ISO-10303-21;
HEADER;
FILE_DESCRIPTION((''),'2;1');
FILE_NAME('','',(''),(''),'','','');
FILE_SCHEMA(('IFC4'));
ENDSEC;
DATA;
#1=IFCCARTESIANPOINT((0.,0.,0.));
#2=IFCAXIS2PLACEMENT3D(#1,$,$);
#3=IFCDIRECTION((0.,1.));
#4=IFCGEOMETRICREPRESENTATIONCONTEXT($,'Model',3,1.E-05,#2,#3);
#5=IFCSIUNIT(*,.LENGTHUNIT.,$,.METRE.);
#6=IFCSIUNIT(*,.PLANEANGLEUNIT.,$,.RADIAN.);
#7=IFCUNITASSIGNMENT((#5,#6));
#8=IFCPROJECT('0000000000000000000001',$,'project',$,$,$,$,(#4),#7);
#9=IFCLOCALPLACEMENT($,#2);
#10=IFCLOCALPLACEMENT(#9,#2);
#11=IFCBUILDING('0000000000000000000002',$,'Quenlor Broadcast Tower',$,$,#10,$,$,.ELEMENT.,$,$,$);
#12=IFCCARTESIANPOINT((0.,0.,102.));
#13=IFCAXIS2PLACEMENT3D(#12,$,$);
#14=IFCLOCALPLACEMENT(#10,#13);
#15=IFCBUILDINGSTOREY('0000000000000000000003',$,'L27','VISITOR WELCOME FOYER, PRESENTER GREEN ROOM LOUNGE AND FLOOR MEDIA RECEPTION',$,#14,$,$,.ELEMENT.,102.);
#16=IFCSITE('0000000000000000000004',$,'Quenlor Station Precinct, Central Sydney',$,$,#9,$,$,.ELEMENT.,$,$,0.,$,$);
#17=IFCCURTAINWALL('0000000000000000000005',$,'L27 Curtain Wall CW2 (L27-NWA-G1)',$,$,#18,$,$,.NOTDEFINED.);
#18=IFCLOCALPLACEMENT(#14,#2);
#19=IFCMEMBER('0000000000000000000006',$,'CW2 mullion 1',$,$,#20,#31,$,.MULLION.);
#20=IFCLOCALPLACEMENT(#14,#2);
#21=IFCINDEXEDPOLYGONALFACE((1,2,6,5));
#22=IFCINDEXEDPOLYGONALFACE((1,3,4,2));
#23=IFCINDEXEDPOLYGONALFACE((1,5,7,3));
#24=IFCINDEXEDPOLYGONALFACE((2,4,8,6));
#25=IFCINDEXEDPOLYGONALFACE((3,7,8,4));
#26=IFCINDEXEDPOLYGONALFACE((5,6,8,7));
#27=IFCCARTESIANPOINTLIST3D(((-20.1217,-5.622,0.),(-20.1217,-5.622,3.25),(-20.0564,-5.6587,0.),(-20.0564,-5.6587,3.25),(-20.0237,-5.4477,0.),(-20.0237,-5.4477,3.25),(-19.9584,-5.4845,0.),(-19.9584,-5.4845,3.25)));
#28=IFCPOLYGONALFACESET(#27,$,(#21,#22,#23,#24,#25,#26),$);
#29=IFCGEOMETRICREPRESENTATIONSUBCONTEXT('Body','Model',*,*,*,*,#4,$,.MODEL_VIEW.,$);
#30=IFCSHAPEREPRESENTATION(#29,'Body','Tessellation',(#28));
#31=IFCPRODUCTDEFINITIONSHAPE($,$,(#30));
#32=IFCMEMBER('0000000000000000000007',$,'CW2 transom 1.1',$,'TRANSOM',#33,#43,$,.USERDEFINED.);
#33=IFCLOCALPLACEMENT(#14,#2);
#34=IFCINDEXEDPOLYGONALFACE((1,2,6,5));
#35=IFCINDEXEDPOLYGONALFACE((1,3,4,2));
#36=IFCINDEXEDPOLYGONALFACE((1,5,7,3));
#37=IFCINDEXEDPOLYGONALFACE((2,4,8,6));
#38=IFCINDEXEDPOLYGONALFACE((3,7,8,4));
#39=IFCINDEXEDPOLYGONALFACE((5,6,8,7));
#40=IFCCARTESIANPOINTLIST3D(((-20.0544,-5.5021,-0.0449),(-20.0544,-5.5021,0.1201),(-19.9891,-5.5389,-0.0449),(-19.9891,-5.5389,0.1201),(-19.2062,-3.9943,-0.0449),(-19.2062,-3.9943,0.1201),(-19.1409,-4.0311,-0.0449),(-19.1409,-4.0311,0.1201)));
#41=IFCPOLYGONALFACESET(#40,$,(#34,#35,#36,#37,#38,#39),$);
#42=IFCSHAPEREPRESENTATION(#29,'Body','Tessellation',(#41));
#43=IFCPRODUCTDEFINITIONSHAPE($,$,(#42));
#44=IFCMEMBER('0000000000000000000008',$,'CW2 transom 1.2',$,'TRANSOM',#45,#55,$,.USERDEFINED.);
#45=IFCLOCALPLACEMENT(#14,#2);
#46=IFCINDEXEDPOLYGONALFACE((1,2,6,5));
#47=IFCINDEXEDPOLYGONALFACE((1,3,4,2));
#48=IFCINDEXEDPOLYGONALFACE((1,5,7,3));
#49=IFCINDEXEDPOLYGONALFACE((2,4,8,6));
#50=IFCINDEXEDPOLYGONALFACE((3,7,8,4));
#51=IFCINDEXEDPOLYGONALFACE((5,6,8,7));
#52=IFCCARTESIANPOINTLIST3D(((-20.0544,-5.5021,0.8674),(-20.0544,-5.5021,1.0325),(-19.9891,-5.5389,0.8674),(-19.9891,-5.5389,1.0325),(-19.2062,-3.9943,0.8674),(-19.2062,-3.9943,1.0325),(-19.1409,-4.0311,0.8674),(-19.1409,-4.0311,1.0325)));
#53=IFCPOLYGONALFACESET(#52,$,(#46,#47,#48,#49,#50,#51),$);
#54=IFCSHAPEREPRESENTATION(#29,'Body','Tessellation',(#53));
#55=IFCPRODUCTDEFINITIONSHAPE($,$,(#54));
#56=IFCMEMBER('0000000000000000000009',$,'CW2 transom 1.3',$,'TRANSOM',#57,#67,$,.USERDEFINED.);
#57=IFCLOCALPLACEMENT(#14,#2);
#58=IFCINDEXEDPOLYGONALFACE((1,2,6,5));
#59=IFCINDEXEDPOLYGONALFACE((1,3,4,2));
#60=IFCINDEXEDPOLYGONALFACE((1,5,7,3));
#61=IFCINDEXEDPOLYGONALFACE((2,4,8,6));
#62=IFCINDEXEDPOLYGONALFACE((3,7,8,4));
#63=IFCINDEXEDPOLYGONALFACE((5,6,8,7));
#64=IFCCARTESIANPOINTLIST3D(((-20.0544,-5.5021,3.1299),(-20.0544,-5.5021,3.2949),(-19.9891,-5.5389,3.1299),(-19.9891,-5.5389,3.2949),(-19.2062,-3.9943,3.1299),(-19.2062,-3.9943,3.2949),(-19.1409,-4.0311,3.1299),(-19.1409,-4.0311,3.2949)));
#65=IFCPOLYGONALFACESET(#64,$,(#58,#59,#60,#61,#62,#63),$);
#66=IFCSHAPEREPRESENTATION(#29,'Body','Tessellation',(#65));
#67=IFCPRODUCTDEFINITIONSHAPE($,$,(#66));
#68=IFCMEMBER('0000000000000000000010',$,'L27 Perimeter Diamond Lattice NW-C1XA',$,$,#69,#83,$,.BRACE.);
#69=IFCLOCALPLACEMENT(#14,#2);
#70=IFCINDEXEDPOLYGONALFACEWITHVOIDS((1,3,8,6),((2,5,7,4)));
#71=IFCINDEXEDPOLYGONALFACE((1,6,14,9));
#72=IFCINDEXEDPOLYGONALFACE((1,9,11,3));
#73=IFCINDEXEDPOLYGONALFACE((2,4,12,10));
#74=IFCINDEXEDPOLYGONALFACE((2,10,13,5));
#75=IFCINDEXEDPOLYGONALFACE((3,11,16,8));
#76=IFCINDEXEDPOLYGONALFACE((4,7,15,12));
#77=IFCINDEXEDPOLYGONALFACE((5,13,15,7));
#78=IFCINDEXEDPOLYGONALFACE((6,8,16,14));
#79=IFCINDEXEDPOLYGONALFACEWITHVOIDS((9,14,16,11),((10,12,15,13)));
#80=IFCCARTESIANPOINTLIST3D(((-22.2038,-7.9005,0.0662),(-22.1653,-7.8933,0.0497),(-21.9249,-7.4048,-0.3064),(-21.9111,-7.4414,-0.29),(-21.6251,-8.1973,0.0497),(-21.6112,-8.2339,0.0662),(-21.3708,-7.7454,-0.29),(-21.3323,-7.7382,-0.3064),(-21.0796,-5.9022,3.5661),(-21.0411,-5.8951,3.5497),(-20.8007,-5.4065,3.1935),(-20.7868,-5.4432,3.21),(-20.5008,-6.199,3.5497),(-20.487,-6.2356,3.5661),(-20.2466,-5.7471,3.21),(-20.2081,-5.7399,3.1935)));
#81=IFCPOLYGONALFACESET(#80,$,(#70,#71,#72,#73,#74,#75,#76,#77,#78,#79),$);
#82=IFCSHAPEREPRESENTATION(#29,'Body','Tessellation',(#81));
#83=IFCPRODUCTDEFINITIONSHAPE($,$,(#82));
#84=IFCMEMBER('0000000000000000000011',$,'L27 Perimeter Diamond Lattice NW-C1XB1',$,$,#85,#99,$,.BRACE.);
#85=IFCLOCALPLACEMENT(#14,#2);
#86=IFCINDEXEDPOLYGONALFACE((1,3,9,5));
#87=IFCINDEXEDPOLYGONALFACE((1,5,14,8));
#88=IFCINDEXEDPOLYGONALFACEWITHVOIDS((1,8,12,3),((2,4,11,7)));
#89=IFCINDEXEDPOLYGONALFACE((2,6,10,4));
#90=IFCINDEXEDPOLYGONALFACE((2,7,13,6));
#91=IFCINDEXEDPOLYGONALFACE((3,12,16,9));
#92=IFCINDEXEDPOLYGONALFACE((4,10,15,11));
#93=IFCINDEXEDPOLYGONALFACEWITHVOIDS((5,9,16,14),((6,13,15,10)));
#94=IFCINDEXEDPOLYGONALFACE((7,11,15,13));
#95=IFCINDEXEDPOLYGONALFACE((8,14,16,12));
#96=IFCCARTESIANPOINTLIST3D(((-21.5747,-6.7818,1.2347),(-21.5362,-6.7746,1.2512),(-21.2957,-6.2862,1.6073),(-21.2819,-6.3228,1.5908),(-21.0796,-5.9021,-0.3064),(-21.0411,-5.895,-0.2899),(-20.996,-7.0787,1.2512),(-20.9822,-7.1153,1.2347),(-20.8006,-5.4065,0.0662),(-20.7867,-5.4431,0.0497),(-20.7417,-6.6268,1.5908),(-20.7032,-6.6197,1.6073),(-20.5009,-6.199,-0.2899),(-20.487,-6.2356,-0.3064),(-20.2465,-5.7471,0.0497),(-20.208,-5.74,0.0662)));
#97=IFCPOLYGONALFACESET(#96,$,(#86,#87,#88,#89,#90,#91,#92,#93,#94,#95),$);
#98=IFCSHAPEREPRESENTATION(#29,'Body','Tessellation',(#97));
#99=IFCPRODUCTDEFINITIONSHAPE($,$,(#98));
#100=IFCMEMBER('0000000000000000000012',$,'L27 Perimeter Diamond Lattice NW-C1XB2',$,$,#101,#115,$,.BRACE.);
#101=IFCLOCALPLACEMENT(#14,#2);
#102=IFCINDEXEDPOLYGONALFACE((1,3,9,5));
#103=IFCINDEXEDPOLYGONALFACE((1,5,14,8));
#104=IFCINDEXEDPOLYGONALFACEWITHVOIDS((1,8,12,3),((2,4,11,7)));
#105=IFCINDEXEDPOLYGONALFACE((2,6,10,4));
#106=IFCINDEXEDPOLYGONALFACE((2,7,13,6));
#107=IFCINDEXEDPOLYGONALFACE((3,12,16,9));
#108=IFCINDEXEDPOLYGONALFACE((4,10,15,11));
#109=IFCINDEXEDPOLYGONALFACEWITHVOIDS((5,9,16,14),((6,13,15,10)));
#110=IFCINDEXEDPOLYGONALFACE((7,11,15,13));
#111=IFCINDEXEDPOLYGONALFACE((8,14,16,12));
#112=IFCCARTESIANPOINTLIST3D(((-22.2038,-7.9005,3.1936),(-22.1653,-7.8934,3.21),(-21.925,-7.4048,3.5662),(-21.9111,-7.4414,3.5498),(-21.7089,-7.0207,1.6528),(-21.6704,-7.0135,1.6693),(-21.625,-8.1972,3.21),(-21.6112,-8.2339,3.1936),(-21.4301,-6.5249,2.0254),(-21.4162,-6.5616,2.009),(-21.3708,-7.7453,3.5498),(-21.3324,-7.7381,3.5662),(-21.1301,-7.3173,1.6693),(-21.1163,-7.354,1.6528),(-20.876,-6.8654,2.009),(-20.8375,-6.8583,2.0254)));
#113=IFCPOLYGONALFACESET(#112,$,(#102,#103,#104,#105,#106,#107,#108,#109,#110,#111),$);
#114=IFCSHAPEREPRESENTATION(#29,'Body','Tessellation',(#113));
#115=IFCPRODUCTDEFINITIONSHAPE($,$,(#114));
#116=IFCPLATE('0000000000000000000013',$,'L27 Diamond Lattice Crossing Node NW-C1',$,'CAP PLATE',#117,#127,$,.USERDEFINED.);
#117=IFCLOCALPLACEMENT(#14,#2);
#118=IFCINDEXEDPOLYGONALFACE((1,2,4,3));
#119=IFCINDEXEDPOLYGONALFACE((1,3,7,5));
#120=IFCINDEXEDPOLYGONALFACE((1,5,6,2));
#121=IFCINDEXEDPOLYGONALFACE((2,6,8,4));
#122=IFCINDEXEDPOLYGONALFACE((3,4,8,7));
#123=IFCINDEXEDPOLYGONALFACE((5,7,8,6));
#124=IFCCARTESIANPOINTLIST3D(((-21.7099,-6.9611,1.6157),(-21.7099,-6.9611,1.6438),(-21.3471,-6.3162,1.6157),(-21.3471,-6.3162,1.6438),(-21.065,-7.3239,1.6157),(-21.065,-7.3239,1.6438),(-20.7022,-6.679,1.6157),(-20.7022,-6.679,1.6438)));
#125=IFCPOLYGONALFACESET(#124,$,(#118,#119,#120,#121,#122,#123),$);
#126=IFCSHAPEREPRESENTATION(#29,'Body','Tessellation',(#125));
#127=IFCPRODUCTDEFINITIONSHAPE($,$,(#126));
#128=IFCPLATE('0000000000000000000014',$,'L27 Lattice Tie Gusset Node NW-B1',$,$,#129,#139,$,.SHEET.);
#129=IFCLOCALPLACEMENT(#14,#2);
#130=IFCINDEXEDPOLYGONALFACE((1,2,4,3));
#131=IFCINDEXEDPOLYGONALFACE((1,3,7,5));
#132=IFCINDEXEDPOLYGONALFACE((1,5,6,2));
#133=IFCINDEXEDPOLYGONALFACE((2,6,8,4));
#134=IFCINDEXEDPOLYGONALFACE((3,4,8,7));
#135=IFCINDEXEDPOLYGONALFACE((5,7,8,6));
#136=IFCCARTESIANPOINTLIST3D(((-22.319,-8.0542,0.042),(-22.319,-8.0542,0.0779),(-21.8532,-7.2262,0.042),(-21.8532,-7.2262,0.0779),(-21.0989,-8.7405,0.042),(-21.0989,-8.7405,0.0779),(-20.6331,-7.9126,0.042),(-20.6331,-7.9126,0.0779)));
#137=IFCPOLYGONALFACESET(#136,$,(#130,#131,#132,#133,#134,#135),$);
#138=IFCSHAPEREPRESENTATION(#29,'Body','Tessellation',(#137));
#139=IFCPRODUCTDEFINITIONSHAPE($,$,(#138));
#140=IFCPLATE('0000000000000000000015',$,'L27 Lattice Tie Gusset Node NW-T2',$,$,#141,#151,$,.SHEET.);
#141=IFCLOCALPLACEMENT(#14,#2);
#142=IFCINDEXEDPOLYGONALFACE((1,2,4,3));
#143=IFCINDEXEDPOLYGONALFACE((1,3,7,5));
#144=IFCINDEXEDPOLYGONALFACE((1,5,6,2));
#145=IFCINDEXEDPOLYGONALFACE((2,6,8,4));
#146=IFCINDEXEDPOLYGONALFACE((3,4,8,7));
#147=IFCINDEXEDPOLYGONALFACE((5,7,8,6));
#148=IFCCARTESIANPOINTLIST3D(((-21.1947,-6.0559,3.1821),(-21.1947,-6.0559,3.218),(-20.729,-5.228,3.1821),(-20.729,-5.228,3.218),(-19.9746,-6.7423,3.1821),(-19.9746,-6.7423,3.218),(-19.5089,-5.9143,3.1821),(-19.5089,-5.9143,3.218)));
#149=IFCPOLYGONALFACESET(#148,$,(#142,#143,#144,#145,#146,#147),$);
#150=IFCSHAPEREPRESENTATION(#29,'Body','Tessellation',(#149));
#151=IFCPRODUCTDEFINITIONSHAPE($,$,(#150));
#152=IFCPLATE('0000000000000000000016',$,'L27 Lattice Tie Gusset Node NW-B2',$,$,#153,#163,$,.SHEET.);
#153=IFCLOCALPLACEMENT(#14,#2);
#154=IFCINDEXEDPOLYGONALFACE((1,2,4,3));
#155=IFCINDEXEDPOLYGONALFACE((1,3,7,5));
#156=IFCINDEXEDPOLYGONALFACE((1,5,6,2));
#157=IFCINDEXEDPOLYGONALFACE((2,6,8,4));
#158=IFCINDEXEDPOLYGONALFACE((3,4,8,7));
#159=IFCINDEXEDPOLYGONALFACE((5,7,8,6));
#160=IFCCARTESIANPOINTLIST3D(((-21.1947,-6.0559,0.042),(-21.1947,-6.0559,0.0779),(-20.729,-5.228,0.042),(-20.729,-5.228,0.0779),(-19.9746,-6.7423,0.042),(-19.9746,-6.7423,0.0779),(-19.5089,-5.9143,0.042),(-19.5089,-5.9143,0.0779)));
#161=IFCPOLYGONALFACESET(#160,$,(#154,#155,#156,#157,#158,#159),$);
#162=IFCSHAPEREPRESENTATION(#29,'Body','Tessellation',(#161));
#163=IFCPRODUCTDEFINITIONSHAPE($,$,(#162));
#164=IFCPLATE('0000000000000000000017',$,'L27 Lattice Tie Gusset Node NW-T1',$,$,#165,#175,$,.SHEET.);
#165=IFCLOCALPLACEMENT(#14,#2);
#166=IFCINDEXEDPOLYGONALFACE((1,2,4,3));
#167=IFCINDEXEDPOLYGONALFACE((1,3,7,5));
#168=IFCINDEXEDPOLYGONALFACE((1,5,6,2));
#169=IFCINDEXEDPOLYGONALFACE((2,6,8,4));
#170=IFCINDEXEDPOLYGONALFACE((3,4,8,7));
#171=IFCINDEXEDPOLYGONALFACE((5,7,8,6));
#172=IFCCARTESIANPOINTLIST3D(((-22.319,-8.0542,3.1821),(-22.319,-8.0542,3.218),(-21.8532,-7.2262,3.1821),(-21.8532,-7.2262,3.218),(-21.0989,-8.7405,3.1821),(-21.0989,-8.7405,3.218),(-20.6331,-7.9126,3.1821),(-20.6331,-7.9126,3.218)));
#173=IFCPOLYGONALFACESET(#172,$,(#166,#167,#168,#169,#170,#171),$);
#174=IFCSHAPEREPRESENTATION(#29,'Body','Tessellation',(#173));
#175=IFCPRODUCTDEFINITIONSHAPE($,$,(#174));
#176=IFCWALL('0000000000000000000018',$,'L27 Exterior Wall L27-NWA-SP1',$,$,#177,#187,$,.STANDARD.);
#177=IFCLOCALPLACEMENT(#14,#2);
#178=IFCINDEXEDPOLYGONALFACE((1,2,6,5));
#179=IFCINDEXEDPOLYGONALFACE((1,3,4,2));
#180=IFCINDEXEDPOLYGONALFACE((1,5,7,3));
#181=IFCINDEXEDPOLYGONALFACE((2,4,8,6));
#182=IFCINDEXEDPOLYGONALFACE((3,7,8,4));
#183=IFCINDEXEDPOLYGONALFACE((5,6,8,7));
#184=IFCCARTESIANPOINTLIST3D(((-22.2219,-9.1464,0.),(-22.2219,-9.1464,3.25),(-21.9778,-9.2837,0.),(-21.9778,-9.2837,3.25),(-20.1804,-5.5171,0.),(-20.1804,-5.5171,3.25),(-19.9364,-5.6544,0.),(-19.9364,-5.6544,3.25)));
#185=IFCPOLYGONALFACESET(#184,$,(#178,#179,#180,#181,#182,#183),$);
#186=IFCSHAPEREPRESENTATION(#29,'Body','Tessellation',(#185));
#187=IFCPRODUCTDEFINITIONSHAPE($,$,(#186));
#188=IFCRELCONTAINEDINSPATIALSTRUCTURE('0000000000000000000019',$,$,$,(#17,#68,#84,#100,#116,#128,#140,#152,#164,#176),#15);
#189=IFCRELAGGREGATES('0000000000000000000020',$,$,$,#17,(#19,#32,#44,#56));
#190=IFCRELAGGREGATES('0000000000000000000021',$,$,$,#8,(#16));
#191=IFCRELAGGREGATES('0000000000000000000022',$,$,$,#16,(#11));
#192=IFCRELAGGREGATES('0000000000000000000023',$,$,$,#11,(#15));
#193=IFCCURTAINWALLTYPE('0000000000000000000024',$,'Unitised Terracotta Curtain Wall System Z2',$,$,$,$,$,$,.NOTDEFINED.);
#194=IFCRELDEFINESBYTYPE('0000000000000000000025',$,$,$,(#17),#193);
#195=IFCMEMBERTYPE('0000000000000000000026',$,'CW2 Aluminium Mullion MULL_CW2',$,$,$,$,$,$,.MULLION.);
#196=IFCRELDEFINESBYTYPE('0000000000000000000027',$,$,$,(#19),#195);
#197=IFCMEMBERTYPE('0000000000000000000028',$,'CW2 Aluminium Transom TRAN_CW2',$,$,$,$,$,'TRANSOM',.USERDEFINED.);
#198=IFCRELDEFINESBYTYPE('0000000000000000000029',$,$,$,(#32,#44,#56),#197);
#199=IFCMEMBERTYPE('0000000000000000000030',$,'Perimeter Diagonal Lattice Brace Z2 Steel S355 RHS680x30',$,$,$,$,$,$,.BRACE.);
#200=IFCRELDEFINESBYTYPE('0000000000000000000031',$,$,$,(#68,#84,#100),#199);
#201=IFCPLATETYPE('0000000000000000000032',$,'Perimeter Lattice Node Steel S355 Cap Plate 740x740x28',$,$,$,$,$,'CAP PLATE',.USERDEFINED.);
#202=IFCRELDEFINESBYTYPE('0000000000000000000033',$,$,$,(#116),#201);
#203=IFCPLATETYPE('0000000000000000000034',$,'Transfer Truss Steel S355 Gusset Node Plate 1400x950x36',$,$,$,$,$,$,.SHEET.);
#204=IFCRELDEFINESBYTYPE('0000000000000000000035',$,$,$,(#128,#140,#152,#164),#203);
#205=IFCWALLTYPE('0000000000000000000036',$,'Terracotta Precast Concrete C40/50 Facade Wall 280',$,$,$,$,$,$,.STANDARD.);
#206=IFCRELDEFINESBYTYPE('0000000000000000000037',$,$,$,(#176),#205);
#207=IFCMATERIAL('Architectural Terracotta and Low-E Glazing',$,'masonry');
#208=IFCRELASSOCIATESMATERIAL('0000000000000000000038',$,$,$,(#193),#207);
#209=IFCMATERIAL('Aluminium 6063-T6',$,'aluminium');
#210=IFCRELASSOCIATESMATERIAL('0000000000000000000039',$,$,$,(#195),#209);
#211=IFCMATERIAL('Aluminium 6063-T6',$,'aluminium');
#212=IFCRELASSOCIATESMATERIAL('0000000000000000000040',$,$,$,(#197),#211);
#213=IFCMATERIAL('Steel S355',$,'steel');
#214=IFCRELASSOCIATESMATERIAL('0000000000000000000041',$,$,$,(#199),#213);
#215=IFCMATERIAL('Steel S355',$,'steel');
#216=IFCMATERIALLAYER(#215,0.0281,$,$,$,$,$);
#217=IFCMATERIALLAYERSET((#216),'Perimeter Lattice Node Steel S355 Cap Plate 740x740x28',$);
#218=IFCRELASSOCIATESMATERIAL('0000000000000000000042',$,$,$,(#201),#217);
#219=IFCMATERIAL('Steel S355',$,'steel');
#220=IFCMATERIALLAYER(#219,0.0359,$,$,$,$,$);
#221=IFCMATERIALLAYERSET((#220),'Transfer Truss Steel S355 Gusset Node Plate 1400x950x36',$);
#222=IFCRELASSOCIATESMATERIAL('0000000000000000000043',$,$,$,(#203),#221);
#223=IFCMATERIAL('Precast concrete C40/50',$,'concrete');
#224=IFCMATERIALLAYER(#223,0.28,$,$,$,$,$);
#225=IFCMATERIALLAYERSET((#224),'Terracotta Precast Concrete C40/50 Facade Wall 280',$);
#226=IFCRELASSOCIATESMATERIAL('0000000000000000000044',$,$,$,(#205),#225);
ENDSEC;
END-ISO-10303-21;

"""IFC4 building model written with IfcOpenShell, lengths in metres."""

from ifc_helpers import new_model, si_unit, direction, frame, frame_2d, origin, origin_2d, place, context, subcontext, project, spatial, rectangle, hollow_rectangle, extrude, material, layer, layer_set, material_profile, profile_set, type_object, element, aggregate, save


model = new_model("IFC4")

# Units and contexts
model_context = context("Model", 3, precision=1e-05, world=origin(), true_north=direction((0.0, 1.0)))
body_context = subcontext(model_context, "Body", "Model", "MODEL_VIEW")
ifc_project = project(units=[si_unit("LENGTHUNIT", "METRE"), si_unit("PLANEANGLEUNIT", "RADIAN")], contexts=[model_context])

# Site, building, storey
site_placement = place(None, origin())
site = spatial("IfcSite", under=ifc_project, at=site_placement, Name="Quenlor Station Precinct, Central Sydney", CompositionType="ELEMENT", RefElevation=0.0)
building_placement = place(site_placement, origin())
building = spatial("IfcBuilding", under=site, at=building_placement, Name="Quenlor Broadcast Tower", CompositionType="ELEMENT")
storey_placement = place(building_placement, frame((0.0, 0.0, 102.0)))
storey = spatial("IfcBuildingStorey", under=building, at=storey_placement, Name="L27", Description="VISITOR WELCOME FOYER, PRESENTER GREEN ROOM LOUNGE AND FLOOR MEDIA RECEPTION", CompositionType="ELEMENT", Elevation=102.0)

# Curtain wall, members
ifc_material_1 = material(Name="Architectural Terracotta and Low-E Glazing", Category="masonry")
curtain_wall_type = type_object("IfcCurtainWallType", Name="Unitised Terracotta Curtain Wall System Z2", PredefinedType="NOTDEFINED", material=ifc_material_1)
curtain_wall_placement = place(storey_placement, origin())
curtain_wall = element("IfcCurtainWall", 1, at=curtain_wall_placement, inside=storey, type_object=curtain_wall_type, Name="L27 Curtain Wall CW2 (L27-NWA-G1)", PredefinedType="NOTDEFINED")
ifc_material_2 = material(Name="Aluminium 6063-T6", Category="aluminium")
ifc_material_profile_1 = material_profile(ifc_material_2, rectangle(XDim=0.075, YDim=0.2, at=origin_2d()))
ifc_profile_set_1 = profile_set([ifc_material_profile_1], Name="Aluminium 6063-T6 MULL75x200")
member_type_1 = type_object("IfcMemberType", Name="CW2 Aluminium Mullion MULL_CW2", PredefinedType="MULLION", material=ifc_profile_set_1)
member_1_placement = place(storey_placement, frame((-20.04, -5.5532, 0.0), z_axis=(0.0, 0.0, 1.0), x_axis=(-0.871567, 0.490277, 0.0)))
member_1 = element("IfcMember", 2, at=member_1_placement, type_object=member_type_1, Name="CW2 mullion 1", PredefinedType="MULLION", context=body_context, shape_type="SweptSolid", body=[
    extrude(rectangle(XDim=0.075, YDim=0.2, at=origin_2d()), origin(), (0.0, 0.0, 1.0), 3.25),
])
ifc_material_3 = material(Name="Aluminium 6063-T6", Category="aluminium")
ifc_material_profile_2 = material_profile(ifc_material_3, rectangle(XDim=0.075, YDim=0.165, at=origin_2d()))
ifc_profile_set_2 = profile_set([ifc_material_profile_2], Name="Aluminium 6063-T6 TRAN75x165")
member_type_2 = type_object("IfcMemberType", Name="CW2 Aluminium Transom TRAN_CW2", ElementType="TRANSOM", PredefinedType="USERDEFINED", material=ifc_profile_set_2)
member_2_placement = place(storey_placement, frame((-20.0217, -5.5205, 0.0376), z_axis=(0.490261, 0.871576, 0.0), x_axis=(-0.871576, 0.490261, 0.0)))
member_2 = element("IfcMember", 3, at=member_2_placement, type_object=member_type_2, Name="CW2 transom 1.1", ObjectType="TRANSOM", PredefinedType="USERDEFINED", context=body_context, shape_type="SweptSolid", body=[
    extrude(rectangle(XDim=0.075, YDim=0.165, at=origin_2d()), origin(), (0.0, 0.0, 1.0), 1.73),
])
member_3_placement = place(storey_placement, frame((-20.0217, -5.5205, 0.95), z_axis=(0.490261, 0.871576, 0.0), x_axis=(-0.871576, 0.490261, 0.0)))
member_3 = element("IfcMember", 4, at=member_3_placement, type_object=member_type_2, Name="CW2 transom 1.2", ObjectType="TRANSOM", PredefinedType="USERDEFINED", context=body_context, shape_type="SweptSolid", body=[
    extrude(rectangle(XDim=0.075, YDim=0.165, at=origin_2d()), origin(), (0.0, 0.0, 1.0), 1.73),
])
member_4_placement = place(storey_placement, frame((-20.0217, -5.5205, 3.2124), z_axis=(0.490261, 0.871576, 0.0), x_axis=(-0.871576, 0.490261, 0.0)))
member_4 = element("IfcMember", 5, at=member_4_placement, type_object=member_type_2, Name="CW2 transom 1.3", ObjectType="TRANSOM", PredefinedType="USERDEFINED", context=body_context, shape_type="SweptSolid", body=[
    extrude(rectangle(XDim=0.075, YDim=0.165, at=origin_2d()), origin(), (0.0, 0.0, 1.0), 1.73),
])
aggregate(curtain_wall, [member_1, member_2, member_3, member_4])

# Members
ifc_material_4 = material(Name="Steel S355", Category="steel")
ifc_material_profile_3 = material_profile(ifc_material_4, hollow_rectangle(XDim=0.6799, YDim=0.6799, WallThickness=0.03, at=origin_2d()))
ifc_profile_set_3 = profile_set([ifc_material_profile_3], Name="Steel S355 RHS680x680x30")
member_type_3 = type_object("IfcMemberType", Name="Perimeter Diagonal Lattice Brace Z2 Steel S355 RHS680x30", PredefinedType="BRACE", material=ifc_profile_set_3)
member_5_placement = place(storey_placement, frame((-21.7681, -7.8193, -0.1201), z_axis=(0.268697, 0.477585, 0.836489), x_axis=(-0.871533, 0.490337, 0.0)))
element("IfcMember", 6, at=member_5_placement, inside=storey, type_object=member_type_3, Name="L27 Perimeter Diamond Lattice NW-C1XA", PredefinedType="BRACE", context=body_context, shape_type="SweptSolid", body=[
    extrude(hollow_rectangle(XDim=0.6799, YDim=0.6799, WallThickness=0.03, at=origin_2d()), origin(), (0.0, 0.0, 1.0), 4.1841),
])
member_6_placement = place(storey_placement, frame((-20.6438, -5.821, -0.1201), z_axis=(-0.268767, -0.477498, 0.836517), x_axis=(0.87144, -0.490502, 0.0)))
element("IfcMember", 7, at=member_6_placement, inside=storey, type_object=member_type_3, Name="L27 Perimeter Diamond Lattice NW-C1XB1", PredefinedType="BRACE", context=body_context, shape_type="SweptSolid", body=[
    extrude(hollow_rectangle(XDim=0.6799, YDim=0.6799, WallThickness=0.03, at=origin_2d()), origin(), (0.0, 0.0, 1.0), 1.8423),
])
member_7_placement = place(storey_placement, frame((-21.2732, -6.9395, 1.8391), z_axis=(-0.268657, -0.477671, 0.836454), x_axis=(0.871601, -0.490215, 0.0)))
element("IfcMember", 8, at=member_7_placement, inside=storey, type_object=member_type_3, Name="L27 Perimeter Diamond Lattice NW-C1XB2", PredefinedType="BRACE", context=body_context, shape_type="SweptSolid", body=[
    extrude(hollow_rectangle(XDim=0.6799, YDim=0.6799, WallThickness=0.03, at=origin_2d()), origin(), (0.0, 0.0, 1.0), 1.842),
])

# Plates
ifc_material_5 = material(Name="Steel S355", Category="steel")
ifc_layer_1 = layer(ifc_material_5, 0.0281)
ifc_layer_set_1 = layer_set([ifc_layer_1], Name="Perimeter Lattice Node Steel S355 Cap Plate 740x740x28")
plate_type_1 = type_object("IfcPlateType", Name="Perimeter Lattice Node Steel S355 Cap Plate 740x740x28", ElementType="CAP PLATE", PredefinedType="USERDEFINED", material=ifc_layer_set_1)
plate_placement = place(storey_placement, frame((-21.2061, -6.8201, 1.6157), z_axis=(0.0, 0.0, 1.0), x_axis=(0.490295, 0.871556, 0.0)))
element("IfcPlate", 9, at=plate_placement, inside=storey, type_object=plate_type_1, Name="L27 Diamond Lattice Crossing Node NW-C1", ObjectType="CAP PLATE", PredefinedType="USERDEFINED", context=body_context, shape_type="SweptSolid", body=[
    extrude(rectangle(XDim=0.74, YDim=0.74, at=origin_2d()), origin(), (0.0, 0.0, 1.0), 0.0281),
])
ifc_material_6 = material(Name="Steel S355", Category="steel")
ifc_layer_2 = layer(ifc_material_6, 0.0359)
ifc_layer_set_2 = layer_set([ifc_layer_2], Name="Transfer Truss Steel S355 Gusset Node Plate 1400x950x36")
plate_type_2 = type_object("IfcPlateType", Name="Transfer Truss Steel S355 Gusset Node Plate 1400x950x36", PredefinedType="SHEET", material=ifc_layer_set_2)
for number, where, z_axis, x_axis, name in (
    (10, (-21.4761, -7.9834, 0.042), (0.0, 0.0, 1.0), (-0.871556, 0.490295, 0.0), "L27 Lattice Tie Gusset Node NW-B1"),
    (11, (-20.3518, -5.9851, 3.1821), (0.0, 0.0, 1.0), (-0.871556, 0.490295, 0.0), "L27 Lattice Tie Gusset Node NW-T2"),
    (12, (-20.3518, -5.9851, 0.042), (0.0, 0.0, 1.0), (-0.871556, 0.490295, 0.0), "L27 Lattice Tie Gusset Node NW-B2"),
    (13, (-21.4761, -7.9834, 3.1821), (0.0, 0.0, 1.0), (-0.871556, 0.490295, 0.0), "L27 Lattice Tie Gusset Node NW-T1"),
):
    element("IfcPlate", number, at=place(storey_placement, frame(where, z_axis=z_axis, x_axis=x_axis)), inside=storey, type_object=plate_type_2, Name=name, PredefinedType="SHEET", context=body_context, shape_type="SweptSolid", body=[
        extrude(rectangle(XDim=1.3999, YDim=0.95, at=origin_2d()), origin(), (0.0, 0.0, 1.0), 0.0359),
    ])

# Wall
ifc_material_7 = material(Name="Precast concrete C40/50", Category="concrete")
ifc_layer_3 = layer(ifc_material_7, 0.28)
ifc_layer_set_3 = layer_set([ifc_layer_3], Name="Terracotta Precast Concrete C40/50 Facade Wall 280")
wall_type = type_object("IfcWallType", Name="Terracotta Precast Concrete C40/50 Facade Wall 280", PredefinedType="STANDARD", material=ifc_layer_set_3)
wall_placement = place(storey_placement, frame((-22.0999, -9.2151, 0.0), z_axis=(0.0, 0.0, 1.0), x_axis=(0.490256, 0.871579, 0.0)))
element("IfcWall", 14, at=wall_placement, inside=storey, type_object=wall_type, Name="L27 Exterior Wall L27-NWA-SP1", PredefinedType="STANDARD", context=body_context, shape_type="SweptSolid", body=[
    extrude(rectangle(XDim=4.1641, YDim=0.28, at=frame_2d((2.082, 0.0))), origin(), (0.0, 0.0, 1.0), 3.25),
])

save(model, "model.ifc")
